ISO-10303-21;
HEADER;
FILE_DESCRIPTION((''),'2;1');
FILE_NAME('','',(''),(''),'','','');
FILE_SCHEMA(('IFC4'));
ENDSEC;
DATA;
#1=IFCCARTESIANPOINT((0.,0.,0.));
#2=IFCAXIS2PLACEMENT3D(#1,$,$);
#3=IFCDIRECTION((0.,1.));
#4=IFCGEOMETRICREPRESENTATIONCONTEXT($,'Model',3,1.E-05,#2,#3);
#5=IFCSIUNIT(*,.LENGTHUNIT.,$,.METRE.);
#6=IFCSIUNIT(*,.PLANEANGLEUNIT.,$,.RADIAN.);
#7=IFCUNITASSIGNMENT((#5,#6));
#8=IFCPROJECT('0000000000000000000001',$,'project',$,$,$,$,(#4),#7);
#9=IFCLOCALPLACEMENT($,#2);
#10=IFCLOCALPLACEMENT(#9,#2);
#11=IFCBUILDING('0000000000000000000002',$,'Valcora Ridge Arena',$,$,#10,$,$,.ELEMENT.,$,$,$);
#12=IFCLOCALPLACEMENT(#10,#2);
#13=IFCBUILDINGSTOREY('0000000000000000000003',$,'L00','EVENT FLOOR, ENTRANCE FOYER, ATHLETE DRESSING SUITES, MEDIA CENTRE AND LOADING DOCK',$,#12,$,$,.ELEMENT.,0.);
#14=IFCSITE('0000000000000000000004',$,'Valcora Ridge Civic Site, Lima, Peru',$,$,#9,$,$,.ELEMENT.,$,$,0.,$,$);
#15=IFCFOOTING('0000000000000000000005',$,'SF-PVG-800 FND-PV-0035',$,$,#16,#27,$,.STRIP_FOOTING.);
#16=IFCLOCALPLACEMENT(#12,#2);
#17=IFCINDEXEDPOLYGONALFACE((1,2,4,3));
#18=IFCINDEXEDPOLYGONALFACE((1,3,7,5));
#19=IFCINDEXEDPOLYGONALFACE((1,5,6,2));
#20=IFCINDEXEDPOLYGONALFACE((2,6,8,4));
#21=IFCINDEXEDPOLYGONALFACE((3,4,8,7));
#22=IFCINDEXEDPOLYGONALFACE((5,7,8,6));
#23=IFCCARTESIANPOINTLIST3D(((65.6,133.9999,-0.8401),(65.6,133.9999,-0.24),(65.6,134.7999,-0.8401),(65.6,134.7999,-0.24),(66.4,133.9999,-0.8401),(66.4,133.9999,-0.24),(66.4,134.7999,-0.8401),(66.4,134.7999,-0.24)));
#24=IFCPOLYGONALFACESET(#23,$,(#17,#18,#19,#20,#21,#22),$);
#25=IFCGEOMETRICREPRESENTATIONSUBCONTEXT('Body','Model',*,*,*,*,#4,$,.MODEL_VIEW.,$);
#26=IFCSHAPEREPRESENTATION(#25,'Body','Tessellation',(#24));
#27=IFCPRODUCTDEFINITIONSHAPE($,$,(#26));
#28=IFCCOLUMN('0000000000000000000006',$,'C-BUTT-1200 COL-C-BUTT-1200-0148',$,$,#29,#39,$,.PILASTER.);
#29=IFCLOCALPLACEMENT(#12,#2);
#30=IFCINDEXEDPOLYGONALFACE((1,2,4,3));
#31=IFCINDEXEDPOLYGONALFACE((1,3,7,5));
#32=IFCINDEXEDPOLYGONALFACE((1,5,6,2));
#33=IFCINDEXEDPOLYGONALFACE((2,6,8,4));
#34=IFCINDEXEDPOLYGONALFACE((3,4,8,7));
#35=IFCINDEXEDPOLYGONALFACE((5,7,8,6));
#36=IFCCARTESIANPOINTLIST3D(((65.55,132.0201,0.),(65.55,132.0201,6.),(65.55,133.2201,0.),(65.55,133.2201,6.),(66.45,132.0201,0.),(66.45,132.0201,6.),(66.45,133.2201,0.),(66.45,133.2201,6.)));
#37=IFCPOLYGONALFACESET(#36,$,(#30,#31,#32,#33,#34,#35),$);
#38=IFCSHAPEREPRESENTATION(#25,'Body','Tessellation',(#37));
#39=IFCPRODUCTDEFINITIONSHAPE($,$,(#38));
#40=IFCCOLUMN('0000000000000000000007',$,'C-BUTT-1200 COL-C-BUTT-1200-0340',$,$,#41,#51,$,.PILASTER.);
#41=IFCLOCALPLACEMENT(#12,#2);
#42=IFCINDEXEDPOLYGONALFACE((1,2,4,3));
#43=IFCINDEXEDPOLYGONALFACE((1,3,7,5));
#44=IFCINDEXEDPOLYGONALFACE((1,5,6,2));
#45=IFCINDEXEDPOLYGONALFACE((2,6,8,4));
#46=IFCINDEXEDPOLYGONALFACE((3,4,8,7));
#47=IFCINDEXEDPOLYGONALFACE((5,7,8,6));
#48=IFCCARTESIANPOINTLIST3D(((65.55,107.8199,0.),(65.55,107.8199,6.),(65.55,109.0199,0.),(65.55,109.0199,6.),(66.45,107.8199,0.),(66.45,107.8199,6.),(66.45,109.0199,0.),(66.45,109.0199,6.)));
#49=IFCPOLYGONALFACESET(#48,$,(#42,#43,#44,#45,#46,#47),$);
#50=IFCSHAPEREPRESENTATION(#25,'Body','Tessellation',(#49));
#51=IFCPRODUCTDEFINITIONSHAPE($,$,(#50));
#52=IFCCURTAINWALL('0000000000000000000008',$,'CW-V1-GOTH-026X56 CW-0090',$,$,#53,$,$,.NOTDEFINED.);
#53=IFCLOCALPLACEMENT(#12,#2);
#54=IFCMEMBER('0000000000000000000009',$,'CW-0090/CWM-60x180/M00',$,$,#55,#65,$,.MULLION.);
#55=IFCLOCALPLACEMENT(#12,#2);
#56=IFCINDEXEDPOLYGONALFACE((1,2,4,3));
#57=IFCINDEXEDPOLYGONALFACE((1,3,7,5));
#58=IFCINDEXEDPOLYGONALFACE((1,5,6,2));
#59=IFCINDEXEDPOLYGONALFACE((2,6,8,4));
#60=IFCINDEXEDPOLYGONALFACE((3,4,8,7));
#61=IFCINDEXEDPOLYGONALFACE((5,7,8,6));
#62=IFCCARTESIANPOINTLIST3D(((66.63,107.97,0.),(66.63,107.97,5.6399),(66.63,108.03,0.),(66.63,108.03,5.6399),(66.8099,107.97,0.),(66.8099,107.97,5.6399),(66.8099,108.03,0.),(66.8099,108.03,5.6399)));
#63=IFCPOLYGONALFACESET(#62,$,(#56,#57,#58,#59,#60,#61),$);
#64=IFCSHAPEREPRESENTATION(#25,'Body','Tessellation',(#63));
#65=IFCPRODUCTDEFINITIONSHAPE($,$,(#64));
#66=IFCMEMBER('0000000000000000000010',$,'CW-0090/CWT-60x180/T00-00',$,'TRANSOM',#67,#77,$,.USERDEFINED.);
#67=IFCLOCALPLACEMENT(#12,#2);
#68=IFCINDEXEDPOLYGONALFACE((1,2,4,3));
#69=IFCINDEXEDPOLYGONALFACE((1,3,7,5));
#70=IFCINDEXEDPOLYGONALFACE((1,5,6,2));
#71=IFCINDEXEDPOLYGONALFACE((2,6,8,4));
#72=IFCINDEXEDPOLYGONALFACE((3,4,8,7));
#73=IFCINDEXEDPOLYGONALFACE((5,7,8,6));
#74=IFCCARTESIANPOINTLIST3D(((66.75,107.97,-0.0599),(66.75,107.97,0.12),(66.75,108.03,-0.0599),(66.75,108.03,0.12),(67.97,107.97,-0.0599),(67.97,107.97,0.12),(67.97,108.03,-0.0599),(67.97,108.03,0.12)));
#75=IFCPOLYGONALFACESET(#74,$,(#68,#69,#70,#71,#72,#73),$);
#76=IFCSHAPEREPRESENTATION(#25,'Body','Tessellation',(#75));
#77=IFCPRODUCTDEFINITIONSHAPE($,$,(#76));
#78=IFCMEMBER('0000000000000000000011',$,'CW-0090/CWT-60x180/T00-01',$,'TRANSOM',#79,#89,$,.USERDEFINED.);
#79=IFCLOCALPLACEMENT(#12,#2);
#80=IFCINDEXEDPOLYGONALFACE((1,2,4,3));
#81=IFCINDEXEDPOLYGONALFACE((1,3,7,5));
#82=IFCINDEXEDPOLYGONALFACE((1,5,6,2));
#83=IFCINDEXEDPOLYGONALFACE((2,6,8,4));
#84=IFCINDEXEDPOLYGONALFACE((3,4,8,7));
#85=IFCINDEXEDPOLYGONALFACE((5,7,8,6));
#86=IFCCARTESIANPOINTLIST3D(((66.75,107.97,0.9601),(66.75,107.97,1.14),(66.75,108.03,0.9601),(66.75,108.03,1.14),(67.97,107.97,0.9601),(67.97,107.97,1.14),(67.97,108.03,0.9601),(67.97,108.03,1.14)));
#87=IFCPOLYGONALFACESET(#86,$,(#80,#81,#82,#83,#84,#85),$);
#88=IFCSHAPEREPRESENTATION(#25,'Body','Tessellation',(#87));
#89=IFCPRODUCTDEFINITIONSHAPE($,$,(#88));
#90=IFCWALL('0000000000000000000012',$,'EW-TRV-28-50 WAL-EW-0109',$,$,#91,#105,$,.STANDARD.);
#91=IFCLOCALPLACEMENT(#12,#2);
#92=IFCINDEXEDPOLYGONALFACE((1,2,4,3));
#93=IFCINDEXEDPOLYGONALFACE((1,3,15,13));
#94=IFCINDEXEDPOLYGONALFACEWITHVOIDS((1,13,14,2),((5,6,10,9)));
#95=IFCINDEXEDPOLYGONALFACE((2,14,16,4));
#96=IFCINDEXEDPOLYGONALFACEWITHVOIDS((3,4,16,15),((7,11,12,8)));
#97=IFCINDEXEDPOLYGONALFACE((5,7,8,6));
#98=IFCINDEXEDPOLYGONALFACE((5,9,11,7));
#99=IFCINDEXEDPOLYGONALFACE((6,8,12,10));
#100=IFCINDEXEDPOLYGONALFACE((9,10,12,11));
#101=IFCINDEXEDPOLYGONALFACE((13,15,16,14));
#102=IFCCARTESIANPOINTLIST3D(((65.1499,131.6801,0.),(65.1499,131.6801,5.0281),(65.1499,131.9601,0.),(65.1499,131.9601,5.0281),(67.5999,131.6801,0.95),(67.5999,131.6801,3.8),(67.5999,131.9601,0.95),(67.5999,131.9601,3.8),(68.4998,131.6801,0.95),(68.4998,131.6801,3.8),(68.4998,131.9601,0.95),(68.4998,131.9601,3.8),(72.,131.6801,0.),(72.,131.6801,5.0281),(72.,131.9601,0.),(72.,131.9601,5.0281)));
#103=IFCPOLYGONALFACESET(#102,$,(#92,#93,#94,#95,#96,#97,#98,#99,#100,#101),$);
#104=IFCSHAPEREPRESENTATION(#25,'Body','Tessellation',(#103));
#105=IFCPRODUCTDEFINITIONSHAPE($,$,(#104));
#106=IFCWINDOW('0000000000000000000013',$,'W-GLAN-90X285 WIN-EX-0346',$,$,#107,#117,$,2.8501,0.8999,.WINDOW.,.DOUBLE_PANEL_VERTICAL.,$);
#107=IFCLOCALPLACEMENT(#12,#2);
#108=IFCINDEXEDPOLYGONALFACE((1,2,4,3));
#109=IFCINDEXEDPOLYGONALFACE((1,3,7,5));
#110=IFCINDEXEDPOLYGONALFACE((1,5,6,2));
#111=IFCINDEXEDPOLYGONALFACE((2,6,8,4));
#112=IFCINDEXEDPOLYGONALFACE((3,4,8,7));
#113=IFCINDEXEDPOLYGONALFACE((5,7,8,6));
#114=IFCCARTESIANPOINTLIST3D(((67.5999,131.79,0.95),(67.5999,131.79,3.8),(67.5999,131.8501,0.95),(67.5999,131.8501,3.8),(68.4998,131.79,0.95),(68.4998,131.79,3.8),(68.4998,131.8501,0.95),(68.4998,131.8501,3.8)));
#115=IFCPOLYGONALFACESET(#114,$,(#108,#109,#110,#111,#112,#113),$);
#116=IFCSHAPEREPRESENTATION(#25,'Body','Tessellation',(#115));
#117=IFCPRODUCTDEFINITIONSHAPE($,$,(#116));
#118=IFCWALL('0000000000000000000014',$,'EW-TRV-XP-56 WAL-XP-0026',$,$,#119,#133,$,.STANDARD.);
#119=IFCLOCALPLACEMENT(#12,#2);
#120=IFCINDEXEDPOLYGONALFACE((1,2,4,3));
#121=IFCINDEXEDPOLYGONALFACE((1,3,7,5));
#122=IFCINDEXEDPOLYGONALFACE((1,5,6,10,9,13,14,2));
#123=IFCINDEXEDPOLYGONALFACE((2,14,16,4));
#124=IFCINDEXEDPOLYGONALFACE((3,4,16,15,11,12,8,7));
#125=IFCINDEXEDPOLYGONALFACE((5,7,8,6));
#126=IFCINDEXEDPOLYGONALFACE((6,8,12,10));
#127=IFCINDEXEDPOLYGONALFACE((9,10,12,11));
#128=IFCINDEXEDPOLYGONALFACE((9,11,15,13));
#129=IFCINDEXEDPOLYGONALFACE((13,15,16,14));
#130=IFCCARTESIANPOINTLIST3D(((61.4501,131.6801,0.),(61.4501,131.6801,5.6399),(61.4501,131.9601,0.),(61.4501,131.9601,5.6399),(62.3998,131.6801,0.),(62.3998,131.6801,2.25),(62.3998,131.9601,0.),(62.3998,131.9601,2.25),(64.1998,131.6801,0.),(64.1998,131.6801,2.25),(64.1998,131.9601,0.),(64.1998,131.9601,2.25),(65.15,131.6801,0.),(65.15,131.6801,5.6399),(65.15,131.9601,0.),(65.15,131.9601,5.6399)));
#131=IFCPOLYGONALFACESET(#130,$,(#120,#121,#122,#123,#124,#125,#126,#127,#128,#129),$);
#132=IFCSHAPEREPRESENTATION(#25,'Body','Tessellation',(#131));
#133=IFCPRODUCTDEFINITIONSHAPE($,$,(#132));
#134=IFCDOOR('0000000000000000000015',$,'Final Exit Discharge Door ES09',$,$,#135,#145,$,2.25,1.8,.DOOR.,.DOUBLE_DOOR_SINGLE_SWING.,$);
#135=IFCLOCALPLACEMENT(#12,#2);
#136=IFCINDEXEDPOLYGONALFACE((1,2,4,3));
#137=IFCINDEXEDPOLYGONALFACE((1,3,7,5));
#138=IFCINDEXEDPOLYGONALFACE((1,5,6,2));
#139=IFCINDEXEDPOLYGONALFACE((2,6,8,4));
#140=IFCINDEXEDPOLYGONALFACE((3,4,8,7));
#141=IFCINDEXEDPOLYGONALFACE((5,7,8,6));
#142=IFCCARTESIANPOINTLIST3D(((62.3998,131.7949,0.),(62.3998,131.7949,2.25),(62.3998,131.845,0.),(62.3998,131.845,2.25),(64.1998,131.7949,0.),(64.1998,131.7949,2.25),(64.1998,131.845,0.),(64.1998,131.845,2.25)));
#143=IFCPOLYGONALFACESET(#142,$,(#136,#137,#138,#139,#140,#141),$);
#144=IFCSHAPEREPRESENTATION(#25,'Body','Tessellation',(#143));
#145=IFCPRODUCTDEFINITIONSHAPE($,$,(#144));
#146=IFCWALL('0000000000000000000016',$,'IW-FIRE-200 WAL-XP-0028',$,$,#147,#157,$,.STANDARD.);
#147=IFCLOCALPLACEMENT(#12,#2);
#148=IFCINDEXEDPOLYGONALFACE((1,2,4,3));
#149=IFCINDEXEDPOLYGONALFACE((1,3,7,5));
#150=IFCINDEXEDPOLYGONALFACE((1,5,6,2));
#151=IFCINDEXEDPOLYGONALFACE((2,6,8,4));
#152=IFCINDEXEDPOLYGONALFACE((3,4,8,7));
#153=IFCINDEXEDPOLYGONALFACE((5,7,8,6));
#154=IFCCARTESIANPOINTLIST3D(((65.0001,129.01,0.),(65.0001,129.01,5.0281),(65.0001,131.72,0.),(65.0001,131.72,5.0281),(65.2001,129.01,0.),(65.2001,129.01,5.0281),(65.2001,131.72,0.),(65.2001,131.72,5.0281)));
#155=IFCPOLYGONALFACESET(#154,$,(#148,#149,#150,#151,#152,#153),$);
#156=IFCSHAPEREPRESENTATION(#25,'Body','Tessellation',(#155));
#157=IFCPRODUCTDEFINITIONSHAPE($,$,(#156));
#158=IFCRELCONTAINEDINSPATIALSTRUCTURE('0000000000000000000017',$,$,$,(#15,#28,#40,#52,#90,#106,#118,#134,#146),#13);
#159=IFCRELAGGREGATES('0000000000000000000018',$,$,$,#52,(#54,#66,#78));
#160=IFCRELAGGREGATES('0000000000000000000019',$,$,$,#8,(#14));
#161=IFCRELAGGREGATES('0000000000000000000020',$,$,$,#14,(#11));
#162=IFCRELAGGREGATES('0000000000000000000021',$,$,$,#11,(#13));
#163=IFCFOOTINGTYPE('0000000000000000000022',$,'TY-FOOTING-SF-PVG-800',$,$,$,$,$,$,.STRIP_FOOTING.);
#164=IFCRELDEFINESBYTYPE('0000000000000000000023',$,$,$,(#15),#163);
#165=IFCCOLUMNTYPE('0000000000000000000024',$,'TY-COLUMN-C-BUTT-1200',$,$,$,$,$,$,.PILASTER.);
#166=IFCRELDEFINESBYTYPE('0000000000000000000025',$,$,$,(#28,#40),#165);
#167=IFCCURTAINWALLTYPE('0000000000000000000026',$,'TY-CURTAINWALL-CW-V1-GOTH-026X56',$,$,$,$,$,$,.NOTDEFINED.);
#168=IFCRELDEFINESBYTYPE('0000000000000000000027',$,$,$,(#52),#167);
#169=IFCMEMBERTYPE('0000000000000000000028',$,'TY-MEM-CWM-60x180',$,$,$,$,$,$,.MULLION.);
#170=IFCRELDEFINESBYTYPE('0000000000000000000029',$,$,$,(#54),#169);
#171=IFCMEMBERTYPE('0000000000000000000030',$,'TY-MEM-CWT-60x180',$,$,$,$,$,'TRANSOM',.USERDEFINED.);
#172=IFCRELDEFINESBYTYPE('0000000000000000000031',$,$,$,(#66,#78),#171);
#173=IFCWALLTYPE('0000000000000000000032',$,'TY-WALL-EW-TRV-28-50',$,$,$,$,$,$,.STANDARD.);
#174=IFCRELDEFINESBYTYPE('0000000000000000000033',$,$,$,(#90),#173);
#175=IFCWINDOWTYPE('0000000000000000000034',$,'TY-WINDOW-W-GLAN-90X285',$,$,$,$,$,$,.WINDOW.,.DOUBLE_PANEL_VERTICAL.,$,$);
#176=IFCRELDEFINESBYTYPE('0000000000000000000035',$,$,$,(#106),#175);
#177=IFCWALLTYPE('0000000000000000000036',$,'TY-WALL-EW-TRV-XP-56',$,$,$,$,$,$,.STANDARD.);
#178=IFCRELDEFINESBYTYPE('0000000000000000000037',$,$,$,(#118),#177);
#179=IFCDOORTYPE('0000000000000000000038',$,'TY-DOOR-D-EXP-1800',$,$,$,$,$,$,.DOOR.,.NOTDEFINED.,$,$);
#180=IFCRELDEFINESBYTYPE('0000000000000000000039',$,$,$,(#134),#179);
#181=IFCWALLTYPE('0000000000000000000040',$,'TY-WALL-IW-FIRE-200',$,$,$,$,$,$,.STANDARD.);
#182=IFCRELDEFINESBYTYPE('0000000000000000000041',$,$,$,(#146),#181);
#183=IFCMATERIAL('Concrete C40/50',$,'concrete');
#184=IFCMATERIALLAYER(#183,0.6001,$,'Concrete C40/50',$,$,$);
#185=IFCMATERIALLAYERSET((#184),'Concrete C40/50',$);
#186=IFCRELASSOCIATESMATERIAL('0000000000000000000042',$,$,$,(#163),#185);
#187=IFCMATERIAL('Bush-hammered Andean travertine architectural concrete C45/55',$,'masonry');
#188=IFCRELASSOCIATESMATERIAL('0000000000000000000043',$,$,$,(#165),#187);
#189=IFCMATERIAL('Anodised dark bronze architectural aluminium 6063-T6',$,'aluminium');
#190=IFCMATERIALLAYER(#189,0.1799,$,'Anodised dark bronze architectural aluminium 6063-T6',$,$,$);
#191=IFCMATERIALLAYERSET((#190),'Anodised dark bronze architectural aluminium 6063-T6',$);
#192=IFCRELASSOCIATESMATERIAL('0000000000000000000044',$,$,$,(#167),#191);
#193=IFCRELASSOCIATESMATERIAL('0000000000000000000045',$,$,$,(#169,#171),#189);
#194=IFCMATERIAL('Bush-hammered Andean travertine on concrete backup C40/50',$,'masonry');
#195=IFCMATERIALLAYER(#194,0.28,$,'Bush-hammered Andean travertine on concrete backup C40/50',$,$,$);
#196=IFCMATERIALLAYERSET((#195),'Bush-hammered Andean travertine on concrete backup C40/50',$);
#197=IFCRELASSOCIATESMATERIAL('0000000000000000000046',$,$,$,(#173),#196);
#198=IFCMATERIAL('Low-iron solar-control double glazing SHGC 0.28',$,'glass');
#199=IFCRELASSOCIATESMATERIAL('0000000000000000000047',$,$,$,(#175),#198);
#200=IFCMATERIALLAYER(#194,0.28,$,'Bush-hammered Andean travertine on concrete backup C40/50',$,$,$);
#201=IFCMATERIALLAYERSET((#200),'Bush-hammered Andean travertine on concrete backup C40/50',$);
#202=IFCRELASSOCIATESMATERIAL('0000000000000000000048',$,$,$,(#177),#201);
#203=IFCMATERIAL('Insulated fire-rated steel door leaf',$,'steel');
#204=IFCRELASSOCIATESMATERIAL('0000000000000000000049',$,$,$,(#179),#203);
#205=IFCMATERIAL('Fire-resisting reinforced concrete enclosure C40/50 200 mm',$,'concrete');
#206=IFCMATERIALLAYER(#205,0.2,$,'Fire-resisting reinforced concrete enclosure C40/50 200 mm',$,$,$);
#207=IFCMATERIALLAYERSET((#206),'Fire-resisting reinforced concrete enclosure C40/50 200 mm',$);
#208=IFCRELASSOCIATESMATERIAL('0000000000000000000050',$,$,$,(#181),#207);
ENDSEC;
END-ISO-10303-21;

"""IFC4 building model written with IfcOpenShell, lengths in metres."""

from ifc_helpers import new_model, si_unit, direction, frame, frame_2d, origin, origin_2d, place, context, subcontext, project, spatial, rectangle, extrude, material, layer, layer_set, material_profile, profile_set, type_object, element, fill, aggregate, save


model = new_model("IFC4")

# Units and contexts
model_context = context("Model", 3, precision=1e-05, world=origin(), true_north=direction((0.0, 1.0)))
body_context = subcontext(model_context, "Body", "Model", "MODEL_VIEW")
ifc_project = project(units=[si_unit("LENGTHUNIT", "METRE"), si_unit("PLANEANGLEUNIT", "RADIAN")], contexts=[model_context])

# Site, building, storey
site_placement = place(None, origin())
site = spatial("IfcSite", under=ifc_project, at=site_placement, Name="Valcora Ridge Civic Site, Lima, Peru", CompositionType="ELEMENT", RefElevation=0.0)
building_placement = place(site_placement, origin())
building = spatial("IfcBuilding", under=site, at=building_placement, Name="Valcora Ridge Arena", CompositionType="ELEMENT")
storey_placement = place(building_placement, origin())
storey = spatial("IfcBuildingStorey", under=building, at=storey_placement, Name="L00", Description="EVENT FLOOR, ENTRANCE FOYER, ATHLETE DRESSING SUITES, MEDIA CENTRE AND LOADING DOCK", CompositionType="ELEMENT", Elevation=0.0)

# Footing
ifc_material_1 = material(Name="Concrete C40/50", Category="concrete")
ifc_layer_1 = layer(ifc_material_1, 0.6001, Name="Concrete C40/50")
ifc_layer_set_1 = layer_set([ifc_layer_1], Name="Concrete C40/50")
footing_type = type_object("IfcFootingType", Name="TY-FOOTING-SF-PVG-800", PredefinedType="STRIP_FOOTING", material=ifc_layer_set_1)
footing_placement = place(storey_placement, frame((66.0, 134.3999, -0.8401), z_axis=(0.0, 0.0, 1.0), x_axis=(1.0, 0.0, 0.0)))
element("IfcFooting", 1, at=footing_placement, inside=storey, type_object=footing_type, Name="SF-PVG-800 FND-PV-0035", PredefinedType="STRIP_FOOTING", context=body_context, shape_type="SweptSolid", body=[
    extrude(rectangle(XDim=0.8, YDim=0.8, at=origin_2d()), origin(), (0.0, 0.0, 1.0), 0.6001),
])

# Columns
ifc_material_2 = material(Name="Bush-hammered Andean travertine architectural concrete C45/55", Category="masonry")
ifc_material_profile_1 = material_profile(ifc_material_2, rectangle(XDim=0.8999, YDim=1.2, at=origin_2d()), Name="RC 900x1200")
ifc_profile_set_1 = profile_set([ifc_material_profile_1], Name="Bush-hammered Andean travertine architectural concrete C45/55")
column_type = type_object("IfcColumnType", Name="TY-COLUMN-C-BUTT-1200", PredefinedType="PILASTER", material=ifc_profile_set_1)
for number, where, z_axis, x_axis, name in (
    (2, (66.0, 132.6201, 0.0), (0.0, 0.0, 1.0), (1.0, 0.0, 0.0), "C-BUTT-1200 COL-C-BUTT-1200-0148"),
    (3, (66.0, 108.4199, 0.0), (0.0, 0.0, 1.0), (1.0, 0.0, 0.0), "C-BUTT-1200 COL-C-BUTT-1200-0340"),
):
    element("IfcColumn", number, at=place(storey_placement, frame(where, z_axis=z_axis, x_axis=x_axis)), inside=storey, type_object=column_type, Name=name, PredefinedType="PILASTER", context=body_context, shape_type="SweptSolid", body=[
        extrude(rectangle(XDim=0.8999, YDim=1.2, at=origin_2d()), origin(), (0.0, 0.0, 1.0), 6.0),
    ])

# Curtain wall, members
ifc_material_3 = material(Name="Anodised dark bronze architectural aluminium 6063-T6", Category="aluminium")
ifc_layer_2 = layer(ifc_material_3, 0.1799, Name="Anodised dark bronze architectural aluminium 6063-T6")
ifc_layer_set_2 = layer_set([ifc_layer_2], Name="Anodised dark bronze architectural aluminium 6063-T6")
curtain_wall_type = type_object("IfcCurtainWallType", Name="TY-CURTAINWALL-CW-V1-GOTH-026X56", PredefinedType="NOTDEFINED", material=ifc_layer_set_2)
curtain_wall_placement = place(storey_placement, origin())
curtain_wall = element("IfcCurtainWall", 4, at=curtain_wall_placement, inside=storey, type_object=curtain_wall_type, Name="CW-V1-GOTH-026X56 CW-0090", PredefinedType="NOTDEFINED")
ifc_material_profile_2 = material_profile(ifc_material_3, rectangle(XDim=0.0601, YDim=0.1799, at=origin_2d()), Name="ALU MULLION 60x180")
ifc_profile_set_2 = profile_set([ifc_material_profile_2], Name="Anodised dark bronze architectural aluminium 6063-T6")
member_type_1 = type_object("IfcMemberType", Name="TY-MEM-CWM-60x180", PredefinedType="MULLION", material=ifc_profile_set_2)
member_1_placement = place(storey_placement, frame((66.72, 108.0, 0.0), z_axis=(0.0, 0.0, 1.0), x_axis=(0.0, 1.0, 0.0)))
member_1 = element("IfcMember", 5, at=member_1_placement, type_object=member_type_1, Name="CW-0090/CWM-60x180/M00", PredefinedType="MULLION", context=body_context, shape_type="SweptSolid", body=[
    extrude(rectangle(XDim=0.0601, YDim=0.1799, at=origin_2d()), origin(), (0.0, 0.0, 1.0), 5.6399),
])
ifc_material_profile_3 = material_profile(ifc_material_3, rectangle(XDim=0.0601, YDim=0.1799, at=origin_2d()), Name="ALU TRANSOM 60x180")
ifc_profile_set_3 = profile_set([ifc_material_profile_3], Name="Anodised dark bronze architectural aluminium 6063-T6")
member_type_2 = type_object("IfcMemberType", Name="TY-MEM-CWT-60x180", ElementType="TRANSOM", PredefinedType="USERDEFINED", material=ifc_profile_set_3)
member_2_placement = place(storey_placement, frame((66.75, 108.0, 0.03), z_axis=(1.0, 0.0, 0.0), x_axis=(0.0, 1.0, 0.0)))
member_2 = element("IfcMember", 6, at=member_2_placement, type_object=member_type_2, Name="CW-0090/CWT-60x180/T00-00", ObjectType="TRANSOM", PredefinedType="USERDEFINED", context=body_context, shape_type="SweptSolid", body=[
    extrude(rectangle(XDim=0.0601, YDim=0.1799, at=origin_2d()), origin(), (0.0, 0.0, 1.0), 1.22),
])
member_3_placement = place(storey_placement, frame((66.75, 108.0, 1.05), z_axis=(1.0, 0.0, 0.0), x_axis=(0.0, 1.0, 0.0)))
member_3 = element("IfcMember", 7, at=member_3_placement, type_object=member_type_2, Name="CW-0090/CWT-60x180/T00-01", ObjectType="TRANSOM", PredefinedType="USERDEFINED", context=body_context, shape_type="SweptSolid", body=[
    extrude(rectangle(XDim=0.0601, YDim=0.1799, at=origin_2d()), origin(), (0.0, 0.0, 1.0), 1.22),
])
aggregate(curtain_wall, [member_1, member_2, member_3])

# Wall, opening, window
ifc_material_4 = material(Name="Bush-hammered Andean travertine on concrete backup C40/50", Category="masonry")
ifc_layer_3 = layer(ifc_material_4, 0.28, Name="Bush-hammered Andean travertine on concrete backup C40/50")
ifc_layer_set_3 = layer_set([ifc_layer_3], Name="Bush-hammered Andean travertine on concrete backup C40/50")
wall_type_1 = type_object("IfcWallType", Name="TY-WALL-EW-TRV-28-50", PredefinedType="STANDARD", material=ifc_layer_set_3)
wall_1_placement = place(storey_placement, frame((65.1499, 131.8201, 0.0), z_axis=(0.0, 0.0, 1.0), x_axis=(1.0, 0.0, 0.0)))
wall_1 = element("IfcWall", 8, at=wall_1_placement, inside=storey, type_object=wall_type_1, Name="EW-TRV-28-50 WAL-EW-0109", PredefinedType="STANDARD", context=body_context, shape_type="SweptSolid", body=[
    extrude(rectangle(XDim=6.8501, YDim=0.28, at=frame_2d((3.425, 0.0))), origin(), (0.0, 0.0, 1.0), 5.0281),
])
opening_1_placement = place(wall_1_placement, frame((2.45, 0.0, 0.95)))
opening_1 = element("IfcOpeningElement", 9, at=opening_1_placement, cuts=wall_1, PredefinedType="OPENING", context=body_context, shape_type="SweptSolid", body=[
    extrude(rectangle(XDim=0.8999, YDim=2.8501, at=frame_2d((0.45, 1.425))), frame((0.0, 0.1499, 0.0), z_axis=(0.0, -1.0, 0.0), x_axis=(1.0, 0.0, 0.0)), (0.0, 0.0, 1.0), 0.3),
])
ifc_material_5 = material(Name="Low-iron solar-control double glazing SHGC 0.28", Category="glass")
window_type = type_object("IfcWindowType", Name="TY-WINDOW-W-GLAN-90X285", PartitioningType="DOUBLE_PANEL_VERTICAL", PredefinedType="WINDOW", material=ifc_material_5)
window_placement = place(opening_1_placement, origin())
window = element("IfcWindow", 10, at=window_placement, inside=storey, type_object=window_type, Name="W-GLAN-90X285 WIN-EX-0346", OverallHeight=2.8501, OverallWidth=0.8999, PartitioningType="DOUBLE_PANEL_VERTICAL", PredefinedType="WINDOW", context=body_context, shape_type="SweptSolid", body=[
    extrude(rectangle(XDim=0.8999, YDim=2.8501, at=frame_2d((0.45, 1.425))), frame((0.0, 0.03, 0.0), z_axis=(0.0, -1.0, 0.0), x_axis=(1.0, 0.0, 0.0)), (0.0, 0.0, 1.0), 0.0601),
])
fill(opening_1, window)

# Wall, opening, door
ifc_layer_4 = layer(ifc_material_4, 0.28, Name="Bush-hammered Andean travertine on concrete backup C40/50")
ifc_layer_set_4 = layer_set([ifc_layer_4], Name="Bush-hammered Andean travertine on concrete backup C40/50")
wall_type_2 = type_object("IfcWallType", Name="TY-WALL-EW-TRV-XP-56", PredefinedType="STANDARD", material=ifc_layer_set_4)
wall_2_placement = place(storey_placement, frame((61.45, 131.8201, 0.0), z_axis=(0.0, 0.0, 1.0), x_axis=(1.0, 0.0, 0.0)))
wall_2 = element("IfcWall", 11, at=wall_2_placement, inside=storey, type_object=wall_type_2, Name="EW-TRV-XP-56 WAL-XP-0026", PredefinedType="STANDARD", context=body_context, shape_type="SweptSolid", body=[
    extrude(rectangle(XDim=3.7, YDim=0.28, at=frame_2d((1.8501, 0.0))), origin(), (0.0, 0.0, 1.0), 5.6399),
])
opening_2_placement = place(wall_2_placement, frame((0.95, 0.0, 0.0)))
opening_2 = element("IfcOpeningElement", 12, at=opening_2_placement, cuts=wall_2, PredefinedType="OPENING", context=body_context, shape_type="SweptSolid", body=[
    extrude(rectangle(XDim=1.8, YDim=2.25, at=frame_2d((0.8999, 1.125))), frame((0.0, 0.1499, 0.0), z_axis=(0.0, -1.0, 0.0), x_axis=(1.0, 0.0, 0.0)), (0.0, 0.0, 1.0), 0.3),
])
ifc_material_6 = material(Name="Insulated fire-rated steel door leaf", Category="steel")
door_type_1 = type_object("IfcDoorType", Name="TY-DOOR-D-EXP-1800", OperationType="NOTDEFINED", PredefinedType="DOOR", material=ifc_material_6)
door_1_placement = place(opening_2_placement, origin())
door_1 = element("IfcDoor", 13, at=door_1_placement, inside=storey, type_object=door_type_1, Name="Final Exit Discharge Door ES09", OperationType="DOUBLE_DOOR_SINGLE_SWING", OverallHeight=2.25, OverallWidth=1.8, PredefinedType="DOOR", context=body_context, shape_type="SweptSolid", body=[
    extrude(rectangle(XDim=1.8, YDim=2.25, at=frame_2d((0.8999, 1.125))), frame((0.0, 0.0249, 0.0), z_axis=(0.0, -1.0, 0.0), x_axis=(1.0, 0.0, 0.0)), (0.0, 0.0, 1.0), 0.05),
])
fill(opening_2, door_1)
ifc_material_7 = material(Name="Fire-resisting reinforced concrete enclosure C40/50 200 mm", Category="concrete")
ifc_layer_5 = layer(ifc_material_7, 0.2, Name="Fire-resisting reinforced concrete enclosure C40/50 200 mm")
ifc_layer_set_5 = layer_set([ifc_layer_5], Name="Fire-resisting reinforced concrete enclosure C40/50 200 mm")
wall_type_3 = type_object("IfcWallType", Name="TY-WALL-IW-FIRE-200", PredefinedType="STANDARD", material=ifc_layer_set_5)

# Wall
wall_3_placement = place(storey_placement, frame((65.1001, 129.01, 0.0), z_axis=(0.0, 0.0, 1.0), x_axis=(0.0, 1.0, 0.0)))
element("IfcWall", 14, at=wall_3_placement, inside=storey, type_object=wall_type_3, Name="IW-FIRE-200 WAL-XP-0028", PredefinedType="STANDARD", context=body_context, shape_type="SweptSolid", body=[
    extrude(rectangle(XDim=2.71, YDim=0.2, at=frame_2d((1.355, 0.0))), origin(), (0.0, 0.0, 1.0), 5.0281),
])

save(model, "model.ifc")
